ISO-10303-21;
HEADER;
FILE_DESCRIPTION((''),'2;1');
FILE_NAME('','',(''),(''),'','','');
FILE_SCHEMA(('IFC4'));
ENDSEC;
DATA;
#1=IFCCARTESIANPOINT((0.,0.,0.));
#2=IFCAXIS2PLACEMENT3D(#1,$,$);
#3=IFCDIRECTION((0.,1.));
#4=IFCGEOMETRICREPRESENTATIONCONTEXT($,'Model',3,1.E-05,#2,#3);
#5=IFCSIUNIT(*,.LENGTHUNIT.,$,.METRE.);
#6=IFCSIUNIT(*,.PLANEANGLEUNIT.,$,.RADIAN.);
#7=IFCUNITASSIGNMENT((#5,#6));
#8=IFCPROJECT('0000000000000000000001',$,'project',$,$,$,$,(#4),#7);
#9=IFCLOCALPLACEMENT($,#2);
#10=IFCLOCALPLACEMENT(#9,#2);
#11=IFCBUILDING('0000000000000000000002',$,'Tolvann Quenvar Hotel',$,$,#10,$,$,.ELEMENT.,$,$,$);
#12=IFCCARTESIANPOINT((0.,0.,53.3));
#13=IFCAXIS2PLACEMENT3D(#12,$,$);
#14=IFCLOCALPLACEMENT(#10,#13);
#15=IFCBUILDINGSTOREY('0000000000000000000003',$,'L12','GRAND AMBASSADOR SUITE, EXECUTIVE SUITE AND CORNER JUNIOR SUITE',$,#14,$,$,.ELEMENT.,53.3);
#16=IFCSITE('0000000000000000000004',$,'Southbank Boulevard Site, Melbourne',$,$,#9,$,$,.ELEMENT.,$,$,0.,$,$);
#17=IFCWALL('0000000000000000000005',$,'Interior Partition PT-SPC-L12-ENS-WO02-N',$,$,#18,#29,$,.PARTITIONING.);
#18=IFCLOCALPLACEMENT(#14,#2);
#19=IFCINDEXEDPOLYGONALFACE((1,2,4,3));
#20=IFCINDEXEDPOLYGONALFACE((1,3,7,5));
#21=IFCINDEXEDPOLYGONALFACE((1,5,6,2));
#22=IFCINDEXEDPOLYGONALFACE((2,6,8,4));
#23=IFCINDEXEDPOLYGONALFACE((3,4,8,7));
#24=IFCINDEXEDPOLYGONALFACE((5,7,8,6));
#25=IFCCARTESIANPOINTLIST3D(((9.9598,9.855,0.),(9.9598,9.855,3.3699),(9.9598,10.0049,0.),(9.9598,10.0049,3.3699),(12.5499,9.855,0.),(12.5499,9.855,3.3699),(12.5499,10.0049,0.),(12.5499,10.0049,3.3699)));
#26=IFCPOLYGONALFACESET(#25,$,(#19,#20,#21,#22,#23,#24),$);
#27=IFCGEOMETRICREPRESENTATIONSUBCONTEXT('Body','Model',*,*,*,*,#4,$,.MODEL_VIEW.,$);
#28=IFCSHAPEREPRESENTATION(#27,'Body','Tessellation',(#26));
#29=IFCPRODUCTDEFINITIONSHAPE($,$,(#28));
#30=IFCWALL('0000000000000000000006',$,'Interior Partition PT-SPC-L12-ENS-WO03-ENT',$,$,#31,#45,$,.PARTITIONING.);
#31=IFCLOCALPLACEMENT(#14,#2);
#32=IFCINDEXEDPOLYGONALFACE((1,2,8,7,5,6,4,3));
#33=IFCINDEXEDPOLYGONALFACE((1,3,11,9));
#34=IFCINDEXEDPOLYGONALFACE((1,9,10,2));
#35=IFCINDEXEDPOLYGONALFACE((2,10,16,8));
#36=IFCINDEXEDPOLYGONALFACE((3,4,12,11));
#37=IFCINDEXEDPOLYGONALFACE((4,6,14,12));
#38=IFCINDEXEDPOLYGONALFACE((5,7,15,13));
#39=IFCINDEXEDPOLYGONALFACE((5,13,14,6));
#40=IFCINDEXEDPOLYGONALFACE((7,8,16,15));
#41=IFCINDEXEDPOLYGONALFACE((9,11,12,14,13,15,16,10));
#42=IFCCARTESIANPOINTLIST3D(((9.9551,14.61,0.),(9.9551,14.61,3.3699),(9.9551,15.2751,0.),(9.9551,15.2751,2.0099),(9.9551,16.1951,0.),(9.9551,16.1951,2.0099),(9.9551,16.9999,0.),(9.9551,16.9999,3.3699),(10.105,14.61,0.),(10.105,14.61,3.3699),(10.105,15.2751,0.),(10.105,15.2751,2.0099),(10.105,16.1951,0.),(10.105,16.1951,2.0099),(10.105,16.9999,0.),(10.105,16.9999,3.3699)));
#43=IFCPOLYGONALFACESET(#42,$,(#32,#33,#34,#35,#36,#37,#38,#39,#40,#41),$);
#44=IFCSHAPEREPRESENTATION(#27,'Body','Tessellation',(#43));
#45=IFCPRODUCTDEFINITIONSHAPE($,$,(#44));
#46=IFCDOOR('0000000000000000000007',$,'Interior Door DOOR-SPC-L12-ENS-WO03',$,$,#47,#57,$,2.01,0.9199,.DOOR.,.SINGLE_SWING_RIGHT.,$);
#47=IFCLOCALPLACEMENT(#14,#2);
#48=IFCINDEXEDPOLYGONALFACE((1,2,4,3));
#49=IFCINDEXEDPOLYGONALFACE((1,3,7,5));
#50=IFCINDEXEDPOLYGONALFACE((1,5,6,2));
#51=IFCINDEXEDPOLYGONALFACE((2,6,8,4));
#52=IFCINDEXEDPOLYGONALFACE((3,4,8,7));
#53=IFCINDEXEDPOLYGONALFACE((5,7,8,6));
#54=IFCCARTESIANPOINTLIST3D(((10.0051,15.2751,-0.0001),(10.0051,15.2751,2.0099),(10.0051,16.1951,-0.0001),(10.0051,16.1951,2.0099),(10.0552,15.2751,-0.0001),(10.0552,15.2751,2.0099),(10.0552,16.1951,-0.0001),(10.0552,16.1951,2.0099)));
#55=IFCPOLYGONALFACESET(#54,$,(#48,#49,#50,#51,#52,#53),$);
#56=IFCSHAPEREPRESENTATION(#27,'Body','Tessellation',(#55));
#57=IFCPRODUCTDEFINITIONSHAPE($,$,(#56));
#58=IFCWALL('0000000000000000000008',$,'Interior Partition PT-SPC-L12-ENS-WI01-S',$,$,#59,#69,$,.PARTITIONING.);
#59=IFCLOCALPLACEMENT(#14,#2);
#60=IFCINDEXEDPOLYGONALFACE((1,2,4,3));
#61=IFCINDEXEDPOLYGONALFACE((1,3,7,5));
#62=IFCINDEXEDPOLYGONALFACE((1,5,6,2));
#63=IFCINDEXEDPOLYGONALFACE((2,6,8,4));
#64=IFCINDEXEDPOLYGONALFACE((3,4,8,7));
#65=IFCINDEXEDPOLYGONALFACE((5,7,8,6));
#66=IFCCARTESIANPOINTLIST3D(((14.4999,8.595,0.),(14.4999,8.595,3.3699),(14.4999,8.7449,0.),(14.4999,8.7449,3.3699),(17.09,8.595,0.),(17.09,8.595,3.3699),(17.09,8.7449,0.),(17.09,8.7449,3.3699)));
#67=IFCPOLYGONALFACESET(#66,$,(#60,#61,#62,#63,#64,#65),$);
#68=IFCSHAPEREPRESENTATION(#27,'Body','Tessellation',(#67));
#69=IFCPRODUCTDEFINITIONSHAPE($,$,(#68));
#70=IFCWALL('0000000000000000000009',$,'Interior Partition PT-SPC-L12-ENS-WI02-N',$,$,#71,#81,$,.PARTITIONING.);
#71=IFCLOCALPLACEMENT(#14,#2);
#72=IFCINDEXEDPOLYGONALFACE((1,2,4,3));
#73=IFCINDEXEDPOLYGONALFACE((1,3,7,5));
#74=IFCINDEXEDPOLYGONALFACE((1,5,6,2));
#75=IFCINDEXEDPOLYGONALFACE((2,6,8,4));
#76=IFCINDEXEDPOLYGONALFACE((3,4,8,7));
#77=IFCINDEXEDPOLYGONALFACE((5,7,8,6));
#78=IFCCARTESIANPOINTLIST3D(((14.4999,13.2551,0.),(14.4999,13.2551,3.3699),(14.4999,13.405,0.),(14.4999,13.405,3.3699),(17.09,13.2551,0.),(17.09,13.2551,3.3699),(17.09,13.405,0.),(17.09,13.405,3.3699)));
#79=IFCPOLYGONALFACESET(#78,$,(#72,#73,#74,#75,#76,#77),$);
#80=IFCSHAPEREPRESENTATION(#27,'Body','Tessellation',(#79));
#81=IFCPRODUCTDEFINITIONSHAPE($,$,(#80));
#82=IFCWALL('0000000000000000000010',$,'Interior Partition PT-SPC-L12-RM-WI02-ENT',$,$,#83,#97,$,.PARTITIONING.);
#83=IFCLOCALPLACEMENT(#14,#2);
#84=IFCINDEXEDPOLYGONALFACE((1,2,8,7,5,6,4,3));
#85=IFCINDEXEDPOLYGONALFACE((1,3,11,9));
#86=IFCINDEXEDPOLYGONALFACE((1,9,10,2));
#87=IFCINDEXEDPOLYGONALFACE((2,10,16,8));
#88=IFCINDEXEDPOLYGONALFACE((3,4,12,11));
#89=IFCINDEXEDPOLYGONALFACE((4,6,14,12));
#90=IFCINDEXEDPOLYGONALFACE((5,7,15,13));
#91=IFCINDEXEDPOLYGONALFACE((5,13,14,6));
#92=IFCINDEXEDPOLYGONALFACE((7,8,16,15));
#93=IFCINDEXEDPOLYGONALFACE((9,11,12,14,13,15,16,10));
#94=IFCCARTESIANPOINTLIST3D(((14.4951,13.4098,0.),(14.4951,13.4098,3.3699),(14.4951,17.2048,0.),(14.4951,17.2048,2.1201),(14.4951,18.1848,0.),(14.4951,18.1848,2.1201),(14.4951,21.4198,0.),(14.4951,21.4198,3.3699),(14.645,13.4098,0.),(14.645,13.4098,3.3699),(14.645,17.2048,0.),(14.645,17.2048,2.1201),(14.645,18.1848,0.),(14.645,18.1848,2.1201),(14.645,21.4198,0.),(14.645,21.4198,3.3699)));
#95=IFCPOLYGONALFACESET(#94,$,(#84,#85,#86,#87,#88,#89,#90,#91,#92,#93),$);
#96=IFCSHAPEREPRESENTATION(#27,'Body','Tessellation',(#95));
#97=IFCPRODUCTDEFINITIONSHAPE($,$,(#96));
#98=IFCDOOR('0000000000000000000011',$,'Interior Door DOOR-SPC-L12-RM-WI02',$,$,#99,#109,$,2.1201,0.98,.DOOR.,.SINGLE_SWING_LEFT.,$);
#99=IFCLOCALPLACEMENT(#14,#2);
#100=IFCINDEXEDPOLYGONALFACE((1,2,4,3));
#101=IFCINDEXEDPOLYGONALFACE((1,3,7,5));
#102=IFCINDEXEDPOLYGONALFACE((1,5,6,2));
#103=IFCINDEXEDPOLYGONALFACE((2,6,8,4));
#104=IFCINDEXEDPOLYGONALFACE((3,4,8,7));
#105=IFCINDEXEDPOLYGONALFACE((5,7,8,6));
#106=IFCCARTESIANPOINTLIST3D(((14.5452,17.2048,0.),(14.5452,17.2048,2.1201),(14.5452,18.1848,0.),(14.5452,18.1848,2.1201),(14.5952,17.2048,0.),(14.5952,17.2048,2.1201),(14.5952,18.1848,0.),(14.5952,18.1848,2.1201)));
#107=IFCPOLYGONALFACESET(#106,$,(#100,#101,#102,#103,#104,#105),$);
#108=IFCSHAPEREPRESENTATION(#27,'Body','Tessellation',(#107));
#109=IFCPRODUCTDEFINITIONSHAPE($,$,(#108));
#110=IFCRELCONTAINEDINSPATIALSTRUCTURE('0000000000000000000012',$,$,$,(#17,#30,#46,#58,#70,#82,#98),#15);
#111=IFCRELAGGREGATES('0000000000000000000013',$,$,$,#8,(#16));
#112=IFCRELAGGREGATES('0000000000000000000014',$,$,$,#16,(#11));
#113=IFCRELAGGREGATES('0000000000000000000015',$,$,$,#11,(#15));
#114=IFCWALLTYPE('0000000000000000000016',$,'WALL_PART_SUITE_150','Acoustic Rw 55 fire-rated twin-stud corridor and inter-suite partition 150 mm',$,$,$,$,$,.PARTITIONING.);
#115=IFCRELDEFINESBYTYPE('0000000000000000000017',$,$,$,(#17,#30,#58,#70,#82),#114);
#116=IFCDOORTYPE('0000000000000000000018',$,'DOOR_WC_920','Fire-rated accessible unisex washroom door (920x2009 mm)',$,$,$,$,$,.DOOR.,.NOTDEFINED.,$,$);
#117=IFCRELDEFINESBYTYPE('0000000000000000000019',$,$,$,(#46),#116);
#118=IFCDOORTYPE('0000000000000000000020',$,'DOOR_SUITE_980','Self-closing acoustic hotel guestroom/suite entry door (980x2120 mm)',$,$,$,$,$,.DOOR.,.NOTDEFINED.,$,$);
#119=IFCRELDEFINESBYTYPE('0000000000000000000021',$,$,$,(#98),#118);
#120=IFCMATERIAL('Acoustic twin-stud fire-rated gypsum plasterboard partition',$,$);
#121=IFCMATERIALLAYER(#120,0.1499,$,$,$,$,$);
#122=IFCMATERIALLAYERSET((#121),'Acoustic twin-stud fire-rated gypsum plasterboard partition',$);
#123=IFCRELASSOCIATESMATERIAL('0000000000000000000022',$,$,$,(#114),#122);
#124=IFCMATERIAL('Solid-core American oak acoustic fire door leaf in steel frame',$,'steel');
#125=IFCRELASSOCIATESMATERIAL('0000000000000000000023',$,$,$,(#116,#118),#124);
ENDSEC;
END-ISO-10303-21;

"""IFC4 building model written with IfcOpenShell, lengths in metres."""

from ifc_helpers import new_model, si_unit, direction, frame, frame_2d, origin, place, context, subcontext, project, spatial, rectangle, extrude, source, transform, mapped, material, layer, layer_set, type_object, type_shapes, element, fill, save


model = new_model("IFC4")

# Units and contexts
model_context = context("Model", 3, precision=1e-05, world=origin(), true_north=direction((0.0, 1.0)))
body_context = subcontext(model_context, "Body", "Model", "MODEL_VIEW")
ifc_project = project(units=[si_unit("LENGTHUNIT", "METRE"), si_unit("PLANEANGLEUNIT", "RADIAN")], contexts=[model_context])

# Site, building, storey
site_placement = place(None, origin())
site = spatial("IfcSite", under=ifc_project, at=site_placement, Name="Southbank Boulevard Site, Melbourne", CompositionType="ELEMENT", RefElevation=0.0)
building_placement = place(site_placement, origin())
building = spatial("IfcBuilding", under=site, at=building_placement, Name="Tolvann Quenvar Hotel", CompositionType="ELEMENT")
storey_placement = place(building_placement, frame((0.0, 0.0, 53.3)))
storey = spatial("IfcBuildingStorey", under=building, at=storey_placement, Name="L12", Description="GRAND AMBASSADOR SUITE, EXECUTIVE SUITE AND CORNER JUNIOR SUITE", CompositionType="ELEMENT", Elevation=53.3)

# Shared definitions
ifc_material_1 = material(Name="Acoustic twin-stud fire-rated gypsum plasterboard partition")
ifc_layer_1 = layer(ifc_material_1, 0.1499)
ifc_layer_set_1 = layer_set([ifc_layer_1], Name="Acoustic twin-stud fire-rated gypsum plasterboard partition")
wall_type_1 = type_object("IfcWallType", Name="WALL_PART_SUITE_150", Description="Acoustic Rw 55 fire-rated twin-stud corridor and inter-suite partition 150 mm", PredefinedType="PARTITIONING", material=ifc_layer_set_1)
ifc_material_2 = material(Name="Solid-core American oak acoustic fire door leaf in steel frame", Category="steel")
door_type_1 = type_object("IfcDoorType", Name="DOOR_WC_920", Description="Fire-rated accessible unisex washroom door (920x2009 mm)", OperationType="NOTDEFINED", PredefinedType="DOOR", material=ifc_material_2)
shared_shape_1 = source(origin(), body_context, "Body", "SweptSolid", [
    extrude(rectangle(XDim=0.9199, YDim=2.01, at=frame_2d((0.46, 1.0049))), frame((0.0, 0.0249, 0.0), z_axis=(0.0, -1.0, 0.0), x_axis=(1.0, 0.0, 0.0)), (0.0, 0.0, 1.0), 0.05),
])
type_shapes(door_type_1, [shared_shape_1])

# Wall
wall_1_placement = place(storey_placement, frame((9.96, 9.9299, 0.0), z_axis=(0.0, 0.0, 1.0), x_axis=(1.0, 0.0, 0.0)))
element("IfcWall", 1, at=wall_1_placement, inside=storey, type_object=wall_type_1, Name="Interior Partition PT-SPC-L12-ENS-WO02-N", PredefinedType="PARTITIONING", context=body_context, shape_type="SweptSolid", body=[
    extrude(rectangle(XDim=2.5901, YDim=0.1499, at=frame_2d((1.2949, 0.0))), origin(), (0.0, 0.0, 1.0), 3.3699),
])

# Wall, opening, door
wall_2_placement = place(storey_placement, frame((10.03, 14.6101, 0.0), z_axis=(0.0, 0.0, 1.0), x_axis=(0.0, 1.0, 0.0)))
wall_2 = element("IfcWall", 2, at=wall_2_placement, inside=storey, type_object=wall_type_1, Name="Interior Partition PT-SPC-L12-ENS-WO03-ENT", PredefinedType="PARTITIONING", context=body_context, shape_type="SweptSolid", body=[
    extrude(rectangle(XDim=2.3899, YDim=0.1499, at=frame_2d((1.1948, 0.0))), origin(), (0.0, 0.0, 1.0), 3.3699),
])
opening_1_placement = place(wall_2_placement, frame((0.665, 0.0, 0.0)))
opening_1 = element("IfcOpeningElement", 3, at=opening_1_placement, cuts=wall_2, PredefinedType="OPENING", context=body_context, shape_type="SweptSolid", body=[
    extrude(rectangle(XDim=0.9199, YDim=2.01, at=frame_2d((0.46, 1.0049))), frame((0.0, 0.085, 0.0), z_axis=(0.0, -1.0, 0.0), x_axis=(1.0, 0.0, 0.0)), (0.0, 0.0, 1.0), 0.1699),
])
door_1_placement = place(opening_1_placement, origin())
door_1 = element("IfcDoor", 4, at=door_1_placement, inside=storey, type_object=door_type_1, Name="Interior Door DOOR-SPC-L12-ENS-WO03", OperationType="SINGLE_SWING_RIGHT", OverallHeight=2.01, OverallWidth=0.9199, PredefinedType="DOOR", context=body_context, shape_type="MappedRepresentation", body=[
    mapped(shared_shape_1, transform((0.0, 0.0, 0.0), x_axis=(1.0, 0.0, 0.0), y_axis=(0.0, 1.0, 0.0), z_axis=(0.0, 0.0, 1.0), scale=1.0)),
])
fill(opening_1, door_1)

# Walls
for number, where, z_axis, x_axis, name in (
    (5, (14.5, 8.6699, 0.0), (0.0, 0.0, 1.0), (1.0, 0.0, 0.0), "Interior Partition PT-SPC-L12-ENS-WI01-S"),
    (6, (14.5, 13.3301, 0.0), (0.0, 0.0, 1.0), (1.0, 0.0, 0.0), "Interior Partition PT-SPC-L12-ENS-WI02-N"),
):
    element("IfcWall", number, at=place(storey_placement, frame(where, z_axis=z_axis, x_axis=x_axis)), inside=storey, type_object=wall_type_1, Name=name, PredefinedType="PARTITIONING", context=body_context, shape_type="SweptSolid", body=[
        extrude(rectangle(XDim=2.5901, YDim=0.1499, at=frame_2d((1.2949, 0.0))), origin(), (0.0, 0.0, 1.0), 3.3699),
    ])

# Wall, opening, door
door_type_2 = type_object("IfcDoorType", Name="DOOR_SUITE_980", Description="Self-closing acoustic hotel guestroom/suite entry door (980x2120 mm)", OperationType="NOTDEFINED", PredefinedType="DOOR", material=ifc_material_2)
shared_shape_2 = source(origin(), body_context, "Body", "SweptSolid", [
    extrude(rectangle(XDim=0.98, YDim=2.1201, at=frame_2d((0.49, 1.0601))), frame((0.0, 0.0249, 0.0), z_axis=(0.0, -1.0, 0.0), x_axis=(1.0, 0.0, 0.0)), (0.0, 0.0, 1.0), 0.05),
])
type_shapes(door_type_2, [shared_shape_2])
wall_3_placement = place(storey_placement, frame((14.5701, 13.4099, 0.0), z_axis=(0.0, 0.0, 1.0), x_axis=(0.0, 1.0, 0.0)))
wall_3 = element("IfcWall", 7, at=wall_3_placement, inside=storey, type_object=wall_type_1, Name="Interior Partition PT-SPC-L12-RM-WI02-ENT", PredefinedType="PARTITIONING", context=body_context, shape_type="SweptSolid", body=[
    extrude(rectangle(XDim=8.01, YDim=0.1499, at=frame_2d((4.0049, 0.0))), origin(), (0.0, 0.0, 1.0), 3.3699),
])
opening_2_placement = place(wall_3_placement, frame((3.7949, 0.0, 0.0)))
opening_2 = element("IfcOpeningElement", 8, at=opening_2_placement, cuts=wall_3, PredefinedType="OPENING", context=body_context, shape_type="SweptSolid", body=[
    extrude(rectangle(XDim=0.98, YDim=2.1201, at=frame_2d((0.49, 1.0601))), frame((0.0, 0.085, 0.0), z_axis=(0.0, -1.0, 0.0), x_axis=(1.0, 0.0, 0.0)), (0.0, 0.0, 1.0), 0.1699),
])
door_2_placement = place(opening_2_placement, origin())
door_2 = element("IfcDoor", 9, at=door_2_placement, inside=storey, type_object=door_type_2, Name="Interior Door DOOR-SPC-L12-RM-WI02", OperationType="SINGLE_SWING_LEFT", OverallHeight=2.1201, OverallWidth=0.98, PredefinedType="DOOR", context=body_context, shape_type="MappedRepresentation", body=[
    mapped(shared_shape_2, transform((0.0, 0.0, 0.0), x_axis=(1.0, 0.0, 0.0), y_axis=(0.0, 1.0, 0.0), z_axis=(0.0, 0.0, 1.0), scale=1.0)),
])
fill(opening_2, door_2)

save(model, "model.ifc")
